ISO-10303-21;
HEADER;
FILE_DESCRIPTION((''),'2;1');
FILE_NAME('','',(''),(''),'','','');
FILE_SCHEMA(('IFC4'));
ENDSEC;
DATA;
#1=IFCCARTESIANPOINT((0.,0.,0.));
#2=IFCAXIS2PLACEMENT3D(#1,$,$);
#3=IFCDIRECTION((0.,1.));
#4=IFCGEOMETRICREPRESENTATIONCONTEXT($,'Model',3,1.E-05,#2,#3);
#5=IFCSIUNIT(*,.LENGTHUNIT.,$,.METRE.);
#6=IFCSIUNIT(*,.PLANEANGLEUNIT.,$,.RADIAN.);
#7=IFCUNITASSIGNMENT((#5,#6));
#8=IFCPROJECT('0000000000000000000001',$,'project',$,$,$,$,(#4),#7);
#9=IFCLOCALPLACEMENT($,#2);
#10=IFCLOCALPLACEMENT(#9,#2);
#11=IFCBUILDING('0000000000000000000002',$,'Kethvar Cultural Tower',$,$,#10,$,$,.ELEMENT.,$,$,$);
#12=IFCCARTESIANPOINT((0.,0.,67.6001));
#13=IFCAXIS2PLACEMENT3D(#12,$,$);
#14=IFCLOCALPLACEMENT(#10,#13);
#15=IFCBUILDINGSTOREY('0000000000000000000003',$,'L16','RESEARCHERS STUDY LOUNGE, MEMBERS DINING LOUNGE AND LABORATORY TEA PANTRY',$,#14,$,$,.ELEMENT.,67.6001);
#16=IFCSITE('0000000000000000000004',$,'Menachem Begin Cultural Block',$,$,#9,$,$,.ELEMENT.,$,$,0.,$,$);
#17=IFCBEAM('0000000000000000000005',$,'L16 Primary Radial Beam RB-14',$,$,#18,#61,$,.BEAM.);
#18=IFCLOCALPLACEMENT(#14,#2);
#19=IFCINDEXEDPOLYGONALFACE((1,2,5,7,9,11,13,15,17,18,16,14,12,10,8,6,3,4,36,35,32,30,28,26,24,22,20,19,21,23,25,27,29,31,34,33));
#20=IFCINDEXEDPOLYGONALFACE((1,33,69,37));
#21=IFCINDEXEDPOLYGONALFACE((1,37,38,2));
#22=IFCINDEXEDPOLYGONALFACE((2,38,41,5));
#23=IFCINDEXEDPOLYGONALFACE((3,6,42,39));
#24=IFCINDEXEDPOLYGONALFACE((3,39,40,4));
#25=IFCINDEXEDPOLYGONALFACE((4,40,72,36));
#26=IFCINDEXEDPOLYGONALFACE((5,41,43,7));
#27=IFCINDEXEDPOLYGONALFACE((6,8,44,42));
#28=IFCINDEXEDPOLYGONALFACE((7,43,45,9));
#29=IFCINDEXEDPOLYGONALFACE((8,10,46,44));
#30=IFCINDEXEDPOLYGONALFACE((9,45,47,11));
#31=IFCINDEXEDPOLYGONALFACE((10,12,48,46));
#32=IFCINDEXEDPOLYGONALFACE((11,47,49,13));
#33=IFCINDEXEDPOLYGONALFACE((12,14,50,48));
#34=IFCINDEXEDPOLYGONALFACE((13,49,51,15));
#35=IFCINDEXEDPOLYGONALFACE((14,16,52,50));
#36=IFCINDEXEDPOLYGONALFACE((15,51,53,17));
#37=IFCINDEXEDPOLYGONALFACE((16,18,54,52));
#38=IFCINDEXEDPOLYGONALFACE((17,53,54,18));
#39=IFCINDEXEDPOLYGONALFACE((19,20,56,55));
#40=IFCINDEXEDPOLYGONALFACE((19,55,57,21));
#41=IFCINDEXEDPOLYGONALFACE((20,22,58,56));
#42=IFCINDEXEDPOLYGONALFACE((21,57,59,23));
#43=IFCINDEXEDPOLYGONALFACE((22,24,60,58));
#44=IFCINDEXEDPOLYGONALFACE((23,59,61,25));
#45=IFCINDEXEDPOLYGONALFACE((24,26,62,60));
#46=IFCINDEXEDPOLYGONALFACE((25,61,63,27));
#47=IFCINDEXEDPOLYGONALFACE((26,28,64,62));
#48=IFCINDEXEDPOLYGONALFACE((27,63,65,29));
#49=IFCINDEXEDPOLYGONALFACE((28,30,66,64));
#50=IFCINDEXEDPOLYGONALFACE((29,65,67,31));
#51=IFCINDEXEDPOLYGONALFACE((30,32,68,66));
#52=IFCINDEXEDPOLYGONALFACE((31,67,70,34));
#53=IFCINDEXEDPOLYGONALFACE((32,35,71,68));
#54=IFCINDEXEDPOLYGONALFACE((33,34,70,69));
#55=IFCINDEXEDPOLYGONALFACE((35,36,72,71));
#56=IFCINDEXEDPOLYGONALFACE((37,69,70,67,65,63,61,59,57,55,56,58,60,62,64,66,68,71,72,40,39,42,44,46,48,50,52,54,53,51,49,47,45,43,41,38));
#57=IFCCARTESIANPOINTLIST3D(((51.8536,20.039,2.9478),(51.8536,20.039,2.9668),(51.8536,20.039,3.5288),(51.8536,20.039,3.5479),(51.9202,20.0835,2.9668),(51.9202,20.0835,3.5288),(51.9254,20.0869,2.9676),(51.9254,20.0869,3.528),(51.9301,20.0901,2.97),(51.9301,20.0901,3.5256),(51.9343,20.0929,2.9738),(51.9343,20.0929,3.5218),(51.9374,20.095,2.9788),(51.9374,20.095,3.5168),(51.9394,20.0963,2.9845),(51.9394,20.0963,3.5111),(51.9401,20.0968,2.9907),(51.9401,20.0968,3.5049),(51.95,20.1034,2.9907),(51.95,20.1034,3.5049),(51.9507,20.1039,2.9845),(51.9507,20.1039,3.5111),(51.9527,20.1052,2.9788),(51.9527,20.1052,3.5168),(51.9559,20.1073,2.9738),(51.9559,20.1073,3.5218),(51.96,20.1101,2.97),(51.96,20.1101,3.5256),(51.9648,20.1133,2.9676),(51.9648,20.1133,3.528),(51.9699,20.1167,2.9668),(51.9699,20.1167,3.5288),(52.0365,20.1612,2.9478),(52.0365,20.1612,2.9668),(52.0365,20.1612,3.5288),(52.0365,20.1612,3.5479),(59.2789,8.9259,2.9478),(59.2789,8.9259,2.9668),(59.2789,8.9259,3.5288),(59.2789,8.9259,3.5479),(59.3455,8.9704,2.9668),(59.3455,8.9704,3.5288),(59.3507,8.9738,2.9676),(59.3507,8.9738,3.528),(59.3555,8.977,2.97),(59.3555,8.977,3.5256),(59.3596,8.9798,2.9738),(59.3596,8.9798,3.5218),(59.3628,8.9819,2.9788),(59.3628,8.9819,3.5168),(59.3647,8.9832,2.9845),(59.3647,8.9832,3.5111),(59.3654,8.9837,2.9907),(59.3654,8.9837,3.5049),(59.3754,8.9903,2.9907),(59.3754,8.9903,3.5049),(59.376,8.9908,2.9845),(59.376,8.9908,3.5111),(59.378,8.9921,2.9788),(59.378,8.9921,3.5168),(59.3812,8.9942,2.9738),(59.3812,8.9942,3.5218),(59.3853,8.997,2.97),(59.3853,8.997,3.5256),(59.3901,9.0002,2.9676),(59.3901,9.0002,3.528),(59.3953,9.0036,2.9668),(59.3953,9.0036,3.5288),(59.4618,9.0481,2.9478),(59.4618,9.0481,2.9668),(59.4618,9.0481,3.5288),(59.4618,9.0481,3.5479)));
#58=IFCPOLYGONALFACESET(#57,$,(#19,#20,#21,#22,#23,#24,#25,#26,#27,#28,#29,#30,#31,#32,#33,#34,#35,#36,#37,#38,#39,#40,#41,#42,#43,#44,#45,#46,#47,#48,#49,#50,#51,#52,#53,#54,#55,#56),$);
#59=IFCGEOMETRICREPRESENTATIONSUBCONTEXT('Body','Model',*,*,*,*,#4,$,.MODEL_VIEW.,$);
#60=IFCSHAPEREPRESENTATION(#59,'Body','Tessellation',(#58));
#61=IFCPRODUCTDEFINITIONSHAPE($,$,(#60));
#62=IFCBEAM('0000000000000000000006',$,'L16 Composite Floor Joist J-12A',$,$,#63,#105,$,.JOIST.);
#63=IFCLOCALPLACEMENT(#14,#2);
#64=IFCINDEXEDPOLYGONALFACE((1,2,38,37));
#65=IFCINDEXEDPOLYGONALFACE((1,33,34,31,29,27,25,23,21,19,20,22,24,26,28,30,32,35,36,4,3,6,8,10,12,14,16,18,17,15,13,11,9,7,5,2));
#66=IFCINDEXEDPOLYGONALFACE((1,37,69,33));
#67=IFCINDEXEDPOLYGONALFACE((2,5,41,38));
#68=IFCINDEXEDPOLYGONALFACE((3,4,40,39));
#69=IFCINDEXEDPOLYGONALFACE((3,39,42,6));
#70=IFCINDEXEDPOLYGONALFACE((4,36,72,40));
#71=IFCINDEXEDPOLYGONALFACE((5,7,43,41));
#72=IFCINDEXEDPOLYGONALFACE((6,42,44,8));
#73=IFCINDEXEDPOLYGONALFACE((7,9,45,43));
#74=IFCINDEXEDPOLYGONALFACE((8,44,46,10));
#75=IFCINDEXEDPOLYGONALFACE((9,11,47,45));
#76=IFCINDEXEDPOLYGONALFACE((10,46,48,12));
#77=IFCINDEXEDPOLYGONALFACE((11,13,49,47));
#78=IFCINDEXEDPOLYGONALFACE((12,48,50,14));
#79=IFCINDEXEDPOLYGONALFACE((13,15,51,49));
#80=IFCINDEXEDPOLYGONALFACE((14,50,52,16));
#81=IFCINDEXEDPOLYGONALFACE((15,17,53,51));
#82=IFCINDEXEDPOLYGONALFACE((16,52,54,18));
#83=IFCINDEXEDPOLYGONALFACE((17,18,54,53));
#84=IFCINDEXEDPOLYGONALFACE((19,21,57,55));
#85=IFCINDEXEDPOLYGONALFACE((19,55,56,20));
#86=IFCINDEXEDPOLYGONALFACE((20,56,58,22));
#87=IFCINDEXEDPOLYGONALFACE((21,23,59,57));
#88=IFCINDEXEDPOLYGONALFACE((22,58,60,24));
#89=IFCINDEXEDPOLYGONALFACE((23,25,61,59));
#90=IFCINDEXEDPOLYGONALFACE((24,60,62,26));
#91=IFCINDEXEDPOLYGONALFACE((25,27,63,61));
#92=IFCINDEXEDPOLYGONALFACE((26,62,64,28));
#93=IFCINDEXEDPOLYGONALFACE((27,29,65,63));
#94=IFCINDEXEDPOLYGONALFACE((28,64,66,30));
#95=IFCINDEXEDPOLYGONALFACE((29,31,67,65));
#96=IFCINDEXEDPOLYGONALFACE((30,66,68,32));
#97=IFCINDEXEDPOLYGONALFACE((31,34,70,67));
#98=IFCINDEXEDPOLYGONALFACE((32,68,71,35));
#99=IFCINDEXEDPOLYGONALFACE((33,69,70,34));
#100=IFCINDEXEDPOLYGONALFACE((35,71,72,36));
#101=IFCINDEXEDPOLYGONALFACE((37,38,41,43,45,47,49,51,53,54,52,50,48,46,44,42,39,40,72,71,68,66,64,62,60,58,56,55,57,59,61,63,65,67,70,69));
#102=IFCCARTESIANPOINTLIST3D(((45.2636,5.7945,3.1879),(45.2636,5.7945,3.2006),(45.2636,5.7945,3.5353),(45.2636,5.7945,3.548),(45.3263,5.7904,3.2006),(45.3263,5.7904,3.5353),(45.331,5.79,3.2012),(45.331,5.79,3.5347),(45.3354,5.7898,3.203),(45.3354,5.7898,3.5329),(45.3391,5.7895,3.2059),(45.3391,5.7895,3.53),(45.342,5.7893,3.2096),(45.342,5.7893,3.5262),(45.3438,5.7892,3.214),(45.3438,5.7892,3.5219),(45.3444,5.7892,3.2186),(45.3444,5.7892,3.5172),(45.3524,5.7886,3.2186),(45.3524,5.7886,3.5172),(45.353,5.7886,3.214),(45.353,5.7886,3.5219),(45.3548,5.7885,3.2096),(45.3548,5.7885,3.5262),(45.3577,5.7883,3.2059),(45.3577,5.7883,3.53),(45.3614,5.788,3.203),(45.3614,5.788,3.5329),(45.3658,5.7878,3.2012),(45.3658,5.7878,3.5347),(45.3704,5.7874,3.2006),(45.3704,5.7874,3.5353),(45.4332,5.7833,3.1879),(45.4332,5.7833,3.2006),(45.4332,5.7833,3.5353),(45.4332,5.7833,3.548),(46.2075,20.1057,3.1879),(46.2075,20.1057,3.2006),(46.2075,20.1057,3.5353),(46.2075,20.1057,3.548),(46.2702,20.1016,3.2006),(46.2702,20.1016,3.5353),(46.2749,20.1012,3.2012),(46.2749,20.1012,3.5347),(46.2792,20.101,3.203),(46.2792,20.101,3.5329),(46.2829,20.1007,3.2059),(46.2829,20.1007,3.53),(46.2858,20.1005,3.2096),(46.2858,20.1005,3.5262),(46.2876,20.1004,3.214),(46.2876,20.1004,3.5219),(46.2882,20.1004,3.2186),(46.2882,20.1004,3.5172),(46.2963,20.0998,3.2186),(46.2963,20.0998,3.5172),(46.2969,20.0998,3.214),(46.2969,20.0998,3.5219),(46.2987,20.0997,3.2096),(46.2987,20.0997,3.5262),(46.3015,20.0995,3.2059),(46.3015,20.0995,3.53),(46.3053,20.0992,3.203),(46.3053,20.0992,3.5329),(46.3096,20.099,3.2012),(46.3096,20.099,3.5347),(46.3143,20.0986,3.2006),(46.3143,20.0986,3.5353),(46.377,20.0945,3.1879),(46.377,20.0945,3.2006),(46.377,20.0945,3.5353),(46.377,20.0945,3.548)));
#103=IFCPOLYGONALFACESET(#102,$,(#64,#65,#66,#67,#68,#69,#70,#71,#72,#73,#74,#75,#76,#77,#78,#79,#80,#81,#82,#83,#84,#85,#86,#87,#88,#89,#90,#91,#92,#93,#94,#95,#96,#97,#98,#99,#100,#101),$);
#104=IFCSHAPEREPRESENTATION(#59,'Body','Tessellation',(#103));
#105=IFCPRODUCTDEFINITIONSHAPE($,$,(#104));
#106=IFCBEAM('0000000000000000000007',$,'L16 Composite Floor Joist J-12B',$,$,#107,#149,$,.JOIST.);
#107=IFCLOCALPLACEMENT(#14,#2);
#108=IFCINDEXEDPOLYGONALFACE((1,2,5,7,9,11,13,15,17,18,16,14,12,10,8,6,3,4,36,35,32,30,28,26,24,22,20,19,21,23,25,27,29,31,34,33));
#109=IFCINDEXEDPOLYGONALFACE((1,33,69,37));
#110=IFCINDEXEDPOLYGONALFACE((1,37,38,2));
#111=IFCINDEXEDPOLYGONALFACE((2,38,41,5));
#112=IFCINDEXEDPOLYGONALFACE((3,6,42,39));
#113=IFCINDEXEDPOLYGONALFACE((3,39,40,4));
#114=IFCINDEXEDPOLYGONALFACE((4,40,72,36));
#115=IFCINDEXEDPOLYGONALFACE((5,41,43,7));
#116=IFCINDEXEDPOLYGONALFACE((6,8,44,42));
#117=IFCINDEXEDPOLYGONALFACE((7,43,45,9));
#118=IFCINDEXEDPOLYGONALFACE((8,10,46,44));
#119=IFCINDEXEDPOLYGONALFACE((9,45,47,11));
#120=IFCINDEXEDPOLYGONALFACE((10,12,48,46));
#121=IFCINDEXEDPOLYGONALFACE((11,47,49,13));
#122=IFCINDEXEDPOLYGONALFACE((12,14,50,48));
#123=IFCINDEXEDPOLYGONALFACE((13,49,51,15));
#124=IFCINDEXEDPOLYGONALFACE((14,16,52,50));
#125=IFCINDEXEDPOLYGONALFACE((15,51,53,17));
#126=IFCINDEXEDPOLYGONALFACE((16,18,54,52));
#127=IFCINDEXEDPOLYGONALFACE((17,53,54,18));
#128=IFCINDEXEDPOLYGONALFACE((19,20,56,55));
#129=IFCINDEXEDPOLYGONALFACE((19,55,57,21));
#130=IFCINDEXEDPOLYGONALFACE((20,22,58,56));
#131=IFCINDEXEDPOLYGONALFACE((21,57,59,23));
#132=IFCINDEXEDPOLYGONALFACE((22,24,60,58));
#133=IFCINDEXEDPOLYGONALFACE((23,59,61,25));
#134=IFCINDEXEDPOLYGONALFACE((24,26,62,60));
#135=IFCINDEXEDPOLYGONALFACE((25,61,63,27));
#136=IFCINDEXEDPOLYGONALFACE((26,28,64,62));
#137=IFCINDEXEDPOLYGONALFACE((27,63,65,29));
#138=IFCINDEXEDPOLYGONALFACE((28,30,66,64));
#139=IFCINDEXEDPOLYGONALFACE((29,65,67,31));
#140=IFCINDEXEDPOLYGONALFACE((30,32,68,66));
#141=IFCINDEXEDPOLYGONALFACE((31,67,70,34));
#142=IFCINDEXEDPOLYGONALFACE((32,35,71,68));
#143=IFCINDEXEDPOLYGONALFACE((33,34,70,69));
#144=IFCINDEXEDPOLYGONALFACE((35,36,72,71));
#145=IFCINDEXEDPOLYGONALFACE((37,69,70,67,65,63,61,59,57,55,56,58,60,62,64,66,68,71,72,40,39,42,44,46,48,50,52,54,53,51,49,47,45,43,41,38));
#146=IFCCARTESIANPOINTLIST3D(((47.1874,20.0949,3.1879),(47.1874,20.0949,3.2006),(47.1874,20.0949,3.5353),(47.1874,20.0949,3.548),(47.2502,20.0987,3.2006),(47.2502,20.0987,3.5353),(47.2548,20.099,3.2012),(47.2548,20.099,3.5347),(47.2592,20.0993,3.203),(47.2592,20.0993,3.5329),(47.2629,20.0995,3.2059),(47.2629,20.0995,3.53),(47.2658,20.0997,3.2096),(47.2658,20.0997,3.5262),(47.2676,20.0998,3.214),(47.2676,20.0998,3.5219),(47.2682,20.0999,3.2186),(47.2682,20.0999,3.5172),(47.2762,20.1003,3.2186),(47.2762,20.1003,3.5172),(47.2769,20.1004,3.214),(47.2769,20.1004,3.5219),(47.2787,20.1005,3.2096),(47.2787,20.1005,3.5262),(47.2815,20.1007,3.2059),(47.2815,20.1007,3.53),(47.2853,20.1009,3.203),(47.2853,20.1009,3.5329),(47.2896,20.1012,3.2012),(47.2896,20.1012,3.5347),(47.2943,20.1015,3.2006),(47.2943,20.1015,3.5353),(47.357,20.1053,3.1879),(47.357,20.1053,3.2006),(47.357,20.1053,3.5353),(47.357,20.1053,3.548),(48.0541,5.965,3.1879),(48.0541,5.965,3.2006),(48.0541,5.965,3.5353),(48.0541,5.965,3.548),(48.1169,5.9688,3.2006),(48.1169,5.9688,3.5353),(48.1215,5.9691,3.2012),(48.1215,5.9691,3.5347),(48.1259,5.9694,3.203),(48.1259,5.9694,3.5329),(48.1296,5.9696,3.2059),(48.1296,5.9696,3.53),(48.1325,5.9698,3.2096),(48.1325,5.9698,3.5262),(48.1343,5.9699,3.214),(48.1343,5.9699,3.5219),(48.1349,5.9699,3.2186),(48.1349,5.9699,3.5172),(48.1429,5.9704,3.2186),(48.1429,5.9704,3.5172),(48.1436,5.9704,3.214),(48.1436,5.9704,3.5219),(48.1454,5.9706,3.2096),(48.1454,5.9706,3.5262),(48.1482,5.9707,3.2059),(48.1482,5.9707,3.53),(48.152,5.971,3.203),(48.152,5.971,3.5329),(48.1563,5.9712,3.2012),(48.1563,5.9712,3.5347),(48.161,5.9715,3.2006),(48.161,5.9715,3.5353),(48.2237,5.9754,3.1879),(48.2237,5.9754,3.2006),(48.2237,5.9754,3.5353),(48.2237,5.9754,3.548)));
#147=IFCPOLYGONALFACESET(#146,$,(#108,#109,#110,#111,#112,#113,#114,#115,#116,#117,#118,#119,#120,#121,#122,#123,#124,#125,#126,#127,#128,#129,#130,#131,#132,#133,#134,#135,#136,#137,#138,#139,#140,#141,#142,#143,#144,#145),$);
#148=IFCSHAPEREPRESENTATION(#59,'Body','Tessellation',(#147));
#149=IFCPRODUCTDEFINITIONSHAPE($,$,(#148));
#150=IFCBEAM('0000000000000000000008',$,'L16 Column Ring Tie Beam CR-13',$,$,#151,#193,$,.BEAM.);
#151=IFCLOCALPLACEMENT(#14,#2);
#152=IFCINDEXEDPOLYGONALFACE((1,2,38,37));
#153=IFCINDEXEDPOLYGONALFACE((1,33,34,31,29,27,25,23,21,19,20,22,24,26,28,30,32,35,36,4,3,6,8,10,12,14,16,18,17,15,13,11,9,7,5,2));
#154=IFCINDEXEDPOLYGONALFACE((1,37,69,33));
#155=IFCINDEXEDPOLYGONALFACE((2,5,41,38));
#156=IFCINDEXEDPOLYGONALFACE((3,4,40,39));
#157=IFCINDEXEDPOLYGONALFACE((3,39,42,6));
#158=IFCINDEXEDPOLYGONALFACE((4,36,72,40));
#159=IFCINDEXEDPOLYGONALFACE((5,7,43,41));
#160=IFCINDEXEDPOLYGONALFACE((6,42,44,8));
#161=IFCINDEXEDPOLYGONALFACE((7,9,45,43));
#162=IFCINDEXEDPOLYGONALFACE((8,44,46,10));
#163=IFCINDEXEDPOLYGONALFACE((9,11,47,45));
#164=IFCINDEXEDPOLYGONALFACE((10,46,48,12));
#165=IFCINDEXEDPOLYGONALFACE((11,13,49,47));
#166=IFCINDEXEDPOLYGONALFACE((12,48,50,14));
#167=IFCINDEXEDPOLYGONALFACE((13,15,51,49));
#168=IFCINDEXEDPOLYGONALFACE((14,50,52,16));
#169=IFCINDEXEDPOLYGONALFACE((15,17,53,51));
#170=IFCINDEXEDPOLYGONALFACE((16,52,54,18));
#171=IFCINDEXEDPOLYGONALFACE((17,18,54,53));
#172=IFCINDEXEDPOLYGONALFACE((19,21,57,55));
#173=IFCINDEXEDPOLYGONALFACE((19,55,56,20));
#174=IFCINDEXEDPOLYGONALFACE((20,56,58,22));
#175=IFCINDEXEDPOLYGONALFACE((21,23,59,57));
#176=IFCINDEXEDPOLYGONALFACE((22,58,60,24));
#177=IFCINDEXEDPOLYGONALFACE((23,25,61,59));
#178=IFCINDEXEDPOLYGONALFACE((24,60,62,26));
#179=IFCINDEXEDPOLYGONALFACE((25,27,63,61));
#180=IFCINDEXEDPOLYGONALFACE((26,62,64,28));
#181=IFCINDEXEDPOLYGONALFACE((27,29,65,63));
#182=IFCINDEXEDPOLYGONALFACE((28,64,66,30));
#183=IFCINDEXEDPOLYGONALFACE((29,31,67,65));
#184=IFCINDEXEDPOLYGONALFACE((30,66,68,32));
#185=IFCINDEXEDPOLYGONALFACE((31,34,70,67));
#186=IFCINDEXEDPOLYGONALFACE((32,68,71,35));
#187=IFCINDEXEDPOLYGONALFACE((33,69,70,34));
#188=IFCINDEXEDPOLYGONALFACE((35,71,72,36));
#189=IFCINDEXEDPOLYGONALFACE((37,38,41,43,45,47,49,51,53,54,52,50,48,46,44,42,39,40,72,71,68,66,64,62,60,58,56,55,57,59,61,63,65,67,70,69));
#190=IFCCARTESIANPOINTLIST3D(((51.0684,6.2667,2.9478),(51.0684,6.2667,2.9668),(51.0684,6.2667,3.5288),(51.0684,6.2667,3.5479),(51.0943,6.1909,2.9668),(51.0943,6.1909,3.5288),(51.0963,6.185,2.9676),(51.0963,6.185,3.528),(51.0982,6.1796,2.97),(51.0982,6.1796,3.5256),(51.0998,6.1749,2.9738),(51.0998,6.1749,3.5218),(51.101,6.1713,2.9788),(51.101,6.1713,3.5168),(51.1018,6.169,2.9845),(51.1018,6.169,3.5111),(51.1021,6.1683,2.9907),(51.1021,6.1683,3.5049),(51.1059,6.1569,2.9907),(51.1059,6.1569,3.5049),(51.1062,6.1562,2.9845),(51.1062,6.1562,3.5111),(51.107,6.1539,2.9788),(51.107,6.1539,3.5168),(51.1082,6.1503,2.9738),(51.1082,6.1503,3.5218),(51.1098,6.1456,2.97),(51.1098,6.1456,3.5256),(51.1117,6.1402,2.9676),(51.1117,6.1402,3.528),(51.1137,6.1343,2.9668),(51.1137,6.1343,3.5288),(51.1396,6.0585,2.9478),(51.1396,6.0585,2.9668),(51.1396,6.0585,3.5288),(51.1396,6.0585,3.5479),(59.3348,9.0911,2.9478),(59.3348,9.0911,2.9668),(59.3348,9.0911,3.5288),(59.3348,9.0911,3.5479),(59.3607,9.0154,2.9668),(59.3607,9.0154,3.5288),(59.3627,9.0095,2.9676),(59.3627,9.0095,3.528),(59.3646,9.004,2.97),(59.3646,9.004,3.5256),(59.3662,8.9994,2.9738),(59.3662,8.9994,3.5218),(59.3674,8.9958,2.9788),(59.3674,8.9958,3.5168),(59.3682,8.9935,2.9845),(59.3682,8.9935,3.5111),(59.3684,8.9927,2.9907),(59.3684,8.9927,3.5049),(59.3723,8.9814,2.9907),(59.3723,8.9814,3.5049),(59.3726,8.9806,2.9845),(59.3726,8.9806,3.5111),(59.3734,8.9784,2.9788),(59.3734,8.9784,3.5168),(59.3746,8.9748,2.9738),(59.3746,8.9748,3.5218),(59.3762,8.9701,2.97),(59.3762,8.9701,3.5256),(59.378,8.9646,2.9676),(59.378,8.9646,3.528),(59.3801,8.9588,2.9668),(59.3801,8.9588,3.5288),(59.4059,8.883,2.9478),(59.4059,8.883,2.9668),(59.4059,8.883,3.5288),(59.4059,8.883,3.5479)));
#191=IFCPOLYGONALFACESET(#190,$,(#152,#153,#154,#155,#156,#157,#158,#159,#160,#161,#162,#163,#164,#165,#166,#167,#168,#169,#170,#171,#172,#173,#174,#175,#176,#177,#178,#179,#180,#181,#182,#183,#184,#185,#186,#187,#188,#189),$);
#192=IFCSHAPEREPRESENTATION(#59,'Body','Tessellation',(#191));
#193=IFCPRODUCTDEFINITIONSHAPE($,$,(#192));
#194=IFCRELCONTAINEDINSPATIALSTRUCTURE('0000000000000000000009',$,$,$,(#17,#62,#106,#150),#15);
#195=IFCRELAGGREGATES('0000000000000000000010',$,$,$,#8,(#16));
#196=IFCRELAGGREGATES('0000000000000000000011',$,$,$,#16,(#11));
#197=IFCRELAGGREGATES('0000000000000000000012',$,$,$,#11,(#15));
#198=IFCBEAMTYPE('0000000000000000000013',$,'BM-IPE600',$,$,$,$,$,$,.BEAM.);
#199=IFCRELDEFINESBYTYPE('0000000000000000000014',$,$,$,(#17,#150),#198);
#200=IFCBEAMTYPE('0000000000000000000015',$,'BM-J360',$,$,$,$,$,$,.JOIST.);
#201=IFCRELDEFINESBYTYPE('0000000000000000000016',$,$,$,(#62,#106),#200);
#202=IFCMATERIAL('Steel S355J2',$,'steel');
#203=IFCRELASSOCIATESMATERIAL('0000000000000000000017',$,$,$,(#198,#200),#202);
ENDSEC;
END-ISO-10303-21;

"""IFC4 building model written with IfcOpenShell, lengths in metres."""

from ifc_helpers import new_model, si_unit, direction, frame, origin, origin_2d, place, context, subcontext, project, spatial, i_section, extrude, source, transform, mapped, material, material_profile, profile_set, type_object, element, save


model = new_model("IFC4")

# Units and contexts
model_context = context("Model", 3, precision=1e-05, world=origin(), true_north=direction((0.0, 1.0)))
body_context = subcontext(model_context, "Body", "Model", "MODEL_VIEW")
ifc_project = project(units=[si_unit("LENGTHUNIT", "METRE"), si_unit("PLANEANGLEUNIT", "RADIAN")], contexts=[model_context])

# Site, building, storey
site_placement = place(None, origin())
site = spatial("IfcSite", under=ifc_project, at=site_placement, Name="Menachem Begin Cultural Block", CompositionType="ELEMENT", RefElevation=0.0)
building_placement = place(site_placement, origin())
building = spatial("IfcBuilding", under=site, at=building_placement, Name="Kethvar Cultural Tower", CompositionType="ELEMENT")
storey_placement = place(building_placement, frame((0.0, 0.0, 67.6001)))
storey = spatial("IfcBuildingStorey", under=building, at=storey_placement, Name="L16", Description="RESEARCHERS STUDY LOUNGE, MEMBERS DINING LOUNGE AND LABORATORY TEA PANTRY", CompositionType="ELEMENT", Elevation=67.6001)

# Beams
ifc_material_1 = material(Name="Steel S355J2", Category="steel")
ifc_material_profile_1 = material_profile(ifc_material_1, i_section(OverallWidth=0.22, OverallDepth=0.6001, WebThickness=0.012, FlangeThickness=0.019, FilletRadius=0.0239, at=origin_2d()), Name="Steel S355J2 — IPE600")
ifc_profile_set_1 = profile_set([ifc_material_profile_1], Name="Steel S355J2 — IPE600")
beam_type_1 = type_object("IfcBeamType", Name="BM-IPE600", PredefinedType="BEAM", material=ifc_profile_set_1)
shared_shape_1 = source(origin(), body_context, "Body", "SweptSolid", [
    extrude(i_section(OverallWidth=0.22, OverallDepth=0.6001, WebThickness=0.012, FlangeThickness=0.019, FilletRadius=0.0239, at=origin_2d()), origin(), (0.0, 0.0, 1.0), 13.3655),
])
beam_1_placement = place(storey_placement, frame((51.9451, 20.1001, 3.2478), z_axis=(0.55556, -0.831477, 0.0), x_axis=(0.831477, 0.55556, 0.0)))
element("IfcBeam", 1, at=beam_1_placement, inside=storey, type_object=beam_type_1, Name="L16 Primary Radial Beam RB-14", PredefinedType="BEAM", context=body_context, shape_type="MappedRepresentation", body=[
    mapped(shared_shape_1, transform((0.0, 0.0, 0.0), scale=1.0)),
])
ifc_material_profile_2 = material_profile(ifc_material_1, i_section(OverallWidth=0.1699, OverallDepth=0.3601, WebThickness=0.0081, FlangeThickness=0.0127, FilletRadius=0.0181, at=origin_2d()), Name="Steel S355J2 — IPE360")
ifc_profile_set_2 = profile_set([ifc_material_profile_2], Name="Steel S355J2 — IPE360")
beam_type_2 = type_object("IfcBeamType", Name="BM-J360", PredefinedType="JOIST", material=ifc_profile_set_2)
shared_shape_2 = source(origin(), body_context, "Body", "SweptSolid", [
    extrude(i_section(OverallWidth=0.1699, OverallDepth=0.3601, WebThickness=0.0081, FlangeThickness=0.0127, FilletRadius=0.0181, at=origin_2d()), origin(), (0.0, 0.0, 1.0), 14.3423),
])
beam_2_placement = place(storey_placement, frame((46.2922, 20.1001, 3.3679), z_axis=(-0.065808, -0.997832, 0.0), x_axis=(0.997832, -0.065808, 0.0)))
element("IfcBeam", 2, at=beam_2_placement, inside=storey, type_object=beam_type_2, Name="L16 Composite Floor Joist J-12A", PredefinedType="JOIST", context=body_context, shape_type="MappedRepresentation", body=[
    mapped(shared_shape_2, transform((0.0, 0.0, 0.0), scale=1.0)),
])
shared_shape_3 = source(origin(), body_context, "Body", "SweptSolid", [
    extrude(i_section(OverallWidth=0.1699, OverallDepth=0.3601, WebThickness=0.0081, FlangeThickness=0.0127, FilletRadius=0.0181, at=origin_2d()), origin(), (0.0, 0.0, 1.0), 14.1565),
])
beam_3_placement = place(storey_placement, frame((47.2722, 20.1001, 3.3679), z_axis=(0.061223, -0.998124, 0.0), x_axis=(0.998124, 0.061223, 0.0)))
element("IfcBeam", 3, at=beam_3_placement, inside=storey, type_object=beam_type_2, Name="L16 Composite Floor Joist J-12B", PredefinedType="JOIST", context=body_context, shape_type="MappedRepresentation", body=[
    mapped(shared_shape_3, transform((0.0, 0.0, 0.0), scale=1.0)),
])
shared_shape_4 = source(origin(), body_context, "Body", "SweptSolid", [
    extrude(i_section(OverallWidth=0.22, OverallDepth=0.6001, WebThickness=0.012, FlangeThickness=0.019, FilletRadius=0.0239, at=origin_2d()), origin(), (0.0, 0.0, 1.0), 8.7356),
])
beam_4_placement = place(storey_placement, frame((51.104, 6.1626, 3.2478), z_axis=(0.946287, 0.323329, 0.0), x_axis=(-0.323329, 0.946287, 0.0)))
element("IfcBeam", 4, at=beam_4_placement, inside=storey, type_object=beam_type_1, Name="L16 Column Ring Tie Beam CR-13", PredefinedType="BEAM", context=body_context, shape_type="MappedRepresentation", body=[
    mapped(shared_shape_4, transform((0.0, 0.0, 0.0), scale=1.0)),
])

save(model, "model.ifc")
